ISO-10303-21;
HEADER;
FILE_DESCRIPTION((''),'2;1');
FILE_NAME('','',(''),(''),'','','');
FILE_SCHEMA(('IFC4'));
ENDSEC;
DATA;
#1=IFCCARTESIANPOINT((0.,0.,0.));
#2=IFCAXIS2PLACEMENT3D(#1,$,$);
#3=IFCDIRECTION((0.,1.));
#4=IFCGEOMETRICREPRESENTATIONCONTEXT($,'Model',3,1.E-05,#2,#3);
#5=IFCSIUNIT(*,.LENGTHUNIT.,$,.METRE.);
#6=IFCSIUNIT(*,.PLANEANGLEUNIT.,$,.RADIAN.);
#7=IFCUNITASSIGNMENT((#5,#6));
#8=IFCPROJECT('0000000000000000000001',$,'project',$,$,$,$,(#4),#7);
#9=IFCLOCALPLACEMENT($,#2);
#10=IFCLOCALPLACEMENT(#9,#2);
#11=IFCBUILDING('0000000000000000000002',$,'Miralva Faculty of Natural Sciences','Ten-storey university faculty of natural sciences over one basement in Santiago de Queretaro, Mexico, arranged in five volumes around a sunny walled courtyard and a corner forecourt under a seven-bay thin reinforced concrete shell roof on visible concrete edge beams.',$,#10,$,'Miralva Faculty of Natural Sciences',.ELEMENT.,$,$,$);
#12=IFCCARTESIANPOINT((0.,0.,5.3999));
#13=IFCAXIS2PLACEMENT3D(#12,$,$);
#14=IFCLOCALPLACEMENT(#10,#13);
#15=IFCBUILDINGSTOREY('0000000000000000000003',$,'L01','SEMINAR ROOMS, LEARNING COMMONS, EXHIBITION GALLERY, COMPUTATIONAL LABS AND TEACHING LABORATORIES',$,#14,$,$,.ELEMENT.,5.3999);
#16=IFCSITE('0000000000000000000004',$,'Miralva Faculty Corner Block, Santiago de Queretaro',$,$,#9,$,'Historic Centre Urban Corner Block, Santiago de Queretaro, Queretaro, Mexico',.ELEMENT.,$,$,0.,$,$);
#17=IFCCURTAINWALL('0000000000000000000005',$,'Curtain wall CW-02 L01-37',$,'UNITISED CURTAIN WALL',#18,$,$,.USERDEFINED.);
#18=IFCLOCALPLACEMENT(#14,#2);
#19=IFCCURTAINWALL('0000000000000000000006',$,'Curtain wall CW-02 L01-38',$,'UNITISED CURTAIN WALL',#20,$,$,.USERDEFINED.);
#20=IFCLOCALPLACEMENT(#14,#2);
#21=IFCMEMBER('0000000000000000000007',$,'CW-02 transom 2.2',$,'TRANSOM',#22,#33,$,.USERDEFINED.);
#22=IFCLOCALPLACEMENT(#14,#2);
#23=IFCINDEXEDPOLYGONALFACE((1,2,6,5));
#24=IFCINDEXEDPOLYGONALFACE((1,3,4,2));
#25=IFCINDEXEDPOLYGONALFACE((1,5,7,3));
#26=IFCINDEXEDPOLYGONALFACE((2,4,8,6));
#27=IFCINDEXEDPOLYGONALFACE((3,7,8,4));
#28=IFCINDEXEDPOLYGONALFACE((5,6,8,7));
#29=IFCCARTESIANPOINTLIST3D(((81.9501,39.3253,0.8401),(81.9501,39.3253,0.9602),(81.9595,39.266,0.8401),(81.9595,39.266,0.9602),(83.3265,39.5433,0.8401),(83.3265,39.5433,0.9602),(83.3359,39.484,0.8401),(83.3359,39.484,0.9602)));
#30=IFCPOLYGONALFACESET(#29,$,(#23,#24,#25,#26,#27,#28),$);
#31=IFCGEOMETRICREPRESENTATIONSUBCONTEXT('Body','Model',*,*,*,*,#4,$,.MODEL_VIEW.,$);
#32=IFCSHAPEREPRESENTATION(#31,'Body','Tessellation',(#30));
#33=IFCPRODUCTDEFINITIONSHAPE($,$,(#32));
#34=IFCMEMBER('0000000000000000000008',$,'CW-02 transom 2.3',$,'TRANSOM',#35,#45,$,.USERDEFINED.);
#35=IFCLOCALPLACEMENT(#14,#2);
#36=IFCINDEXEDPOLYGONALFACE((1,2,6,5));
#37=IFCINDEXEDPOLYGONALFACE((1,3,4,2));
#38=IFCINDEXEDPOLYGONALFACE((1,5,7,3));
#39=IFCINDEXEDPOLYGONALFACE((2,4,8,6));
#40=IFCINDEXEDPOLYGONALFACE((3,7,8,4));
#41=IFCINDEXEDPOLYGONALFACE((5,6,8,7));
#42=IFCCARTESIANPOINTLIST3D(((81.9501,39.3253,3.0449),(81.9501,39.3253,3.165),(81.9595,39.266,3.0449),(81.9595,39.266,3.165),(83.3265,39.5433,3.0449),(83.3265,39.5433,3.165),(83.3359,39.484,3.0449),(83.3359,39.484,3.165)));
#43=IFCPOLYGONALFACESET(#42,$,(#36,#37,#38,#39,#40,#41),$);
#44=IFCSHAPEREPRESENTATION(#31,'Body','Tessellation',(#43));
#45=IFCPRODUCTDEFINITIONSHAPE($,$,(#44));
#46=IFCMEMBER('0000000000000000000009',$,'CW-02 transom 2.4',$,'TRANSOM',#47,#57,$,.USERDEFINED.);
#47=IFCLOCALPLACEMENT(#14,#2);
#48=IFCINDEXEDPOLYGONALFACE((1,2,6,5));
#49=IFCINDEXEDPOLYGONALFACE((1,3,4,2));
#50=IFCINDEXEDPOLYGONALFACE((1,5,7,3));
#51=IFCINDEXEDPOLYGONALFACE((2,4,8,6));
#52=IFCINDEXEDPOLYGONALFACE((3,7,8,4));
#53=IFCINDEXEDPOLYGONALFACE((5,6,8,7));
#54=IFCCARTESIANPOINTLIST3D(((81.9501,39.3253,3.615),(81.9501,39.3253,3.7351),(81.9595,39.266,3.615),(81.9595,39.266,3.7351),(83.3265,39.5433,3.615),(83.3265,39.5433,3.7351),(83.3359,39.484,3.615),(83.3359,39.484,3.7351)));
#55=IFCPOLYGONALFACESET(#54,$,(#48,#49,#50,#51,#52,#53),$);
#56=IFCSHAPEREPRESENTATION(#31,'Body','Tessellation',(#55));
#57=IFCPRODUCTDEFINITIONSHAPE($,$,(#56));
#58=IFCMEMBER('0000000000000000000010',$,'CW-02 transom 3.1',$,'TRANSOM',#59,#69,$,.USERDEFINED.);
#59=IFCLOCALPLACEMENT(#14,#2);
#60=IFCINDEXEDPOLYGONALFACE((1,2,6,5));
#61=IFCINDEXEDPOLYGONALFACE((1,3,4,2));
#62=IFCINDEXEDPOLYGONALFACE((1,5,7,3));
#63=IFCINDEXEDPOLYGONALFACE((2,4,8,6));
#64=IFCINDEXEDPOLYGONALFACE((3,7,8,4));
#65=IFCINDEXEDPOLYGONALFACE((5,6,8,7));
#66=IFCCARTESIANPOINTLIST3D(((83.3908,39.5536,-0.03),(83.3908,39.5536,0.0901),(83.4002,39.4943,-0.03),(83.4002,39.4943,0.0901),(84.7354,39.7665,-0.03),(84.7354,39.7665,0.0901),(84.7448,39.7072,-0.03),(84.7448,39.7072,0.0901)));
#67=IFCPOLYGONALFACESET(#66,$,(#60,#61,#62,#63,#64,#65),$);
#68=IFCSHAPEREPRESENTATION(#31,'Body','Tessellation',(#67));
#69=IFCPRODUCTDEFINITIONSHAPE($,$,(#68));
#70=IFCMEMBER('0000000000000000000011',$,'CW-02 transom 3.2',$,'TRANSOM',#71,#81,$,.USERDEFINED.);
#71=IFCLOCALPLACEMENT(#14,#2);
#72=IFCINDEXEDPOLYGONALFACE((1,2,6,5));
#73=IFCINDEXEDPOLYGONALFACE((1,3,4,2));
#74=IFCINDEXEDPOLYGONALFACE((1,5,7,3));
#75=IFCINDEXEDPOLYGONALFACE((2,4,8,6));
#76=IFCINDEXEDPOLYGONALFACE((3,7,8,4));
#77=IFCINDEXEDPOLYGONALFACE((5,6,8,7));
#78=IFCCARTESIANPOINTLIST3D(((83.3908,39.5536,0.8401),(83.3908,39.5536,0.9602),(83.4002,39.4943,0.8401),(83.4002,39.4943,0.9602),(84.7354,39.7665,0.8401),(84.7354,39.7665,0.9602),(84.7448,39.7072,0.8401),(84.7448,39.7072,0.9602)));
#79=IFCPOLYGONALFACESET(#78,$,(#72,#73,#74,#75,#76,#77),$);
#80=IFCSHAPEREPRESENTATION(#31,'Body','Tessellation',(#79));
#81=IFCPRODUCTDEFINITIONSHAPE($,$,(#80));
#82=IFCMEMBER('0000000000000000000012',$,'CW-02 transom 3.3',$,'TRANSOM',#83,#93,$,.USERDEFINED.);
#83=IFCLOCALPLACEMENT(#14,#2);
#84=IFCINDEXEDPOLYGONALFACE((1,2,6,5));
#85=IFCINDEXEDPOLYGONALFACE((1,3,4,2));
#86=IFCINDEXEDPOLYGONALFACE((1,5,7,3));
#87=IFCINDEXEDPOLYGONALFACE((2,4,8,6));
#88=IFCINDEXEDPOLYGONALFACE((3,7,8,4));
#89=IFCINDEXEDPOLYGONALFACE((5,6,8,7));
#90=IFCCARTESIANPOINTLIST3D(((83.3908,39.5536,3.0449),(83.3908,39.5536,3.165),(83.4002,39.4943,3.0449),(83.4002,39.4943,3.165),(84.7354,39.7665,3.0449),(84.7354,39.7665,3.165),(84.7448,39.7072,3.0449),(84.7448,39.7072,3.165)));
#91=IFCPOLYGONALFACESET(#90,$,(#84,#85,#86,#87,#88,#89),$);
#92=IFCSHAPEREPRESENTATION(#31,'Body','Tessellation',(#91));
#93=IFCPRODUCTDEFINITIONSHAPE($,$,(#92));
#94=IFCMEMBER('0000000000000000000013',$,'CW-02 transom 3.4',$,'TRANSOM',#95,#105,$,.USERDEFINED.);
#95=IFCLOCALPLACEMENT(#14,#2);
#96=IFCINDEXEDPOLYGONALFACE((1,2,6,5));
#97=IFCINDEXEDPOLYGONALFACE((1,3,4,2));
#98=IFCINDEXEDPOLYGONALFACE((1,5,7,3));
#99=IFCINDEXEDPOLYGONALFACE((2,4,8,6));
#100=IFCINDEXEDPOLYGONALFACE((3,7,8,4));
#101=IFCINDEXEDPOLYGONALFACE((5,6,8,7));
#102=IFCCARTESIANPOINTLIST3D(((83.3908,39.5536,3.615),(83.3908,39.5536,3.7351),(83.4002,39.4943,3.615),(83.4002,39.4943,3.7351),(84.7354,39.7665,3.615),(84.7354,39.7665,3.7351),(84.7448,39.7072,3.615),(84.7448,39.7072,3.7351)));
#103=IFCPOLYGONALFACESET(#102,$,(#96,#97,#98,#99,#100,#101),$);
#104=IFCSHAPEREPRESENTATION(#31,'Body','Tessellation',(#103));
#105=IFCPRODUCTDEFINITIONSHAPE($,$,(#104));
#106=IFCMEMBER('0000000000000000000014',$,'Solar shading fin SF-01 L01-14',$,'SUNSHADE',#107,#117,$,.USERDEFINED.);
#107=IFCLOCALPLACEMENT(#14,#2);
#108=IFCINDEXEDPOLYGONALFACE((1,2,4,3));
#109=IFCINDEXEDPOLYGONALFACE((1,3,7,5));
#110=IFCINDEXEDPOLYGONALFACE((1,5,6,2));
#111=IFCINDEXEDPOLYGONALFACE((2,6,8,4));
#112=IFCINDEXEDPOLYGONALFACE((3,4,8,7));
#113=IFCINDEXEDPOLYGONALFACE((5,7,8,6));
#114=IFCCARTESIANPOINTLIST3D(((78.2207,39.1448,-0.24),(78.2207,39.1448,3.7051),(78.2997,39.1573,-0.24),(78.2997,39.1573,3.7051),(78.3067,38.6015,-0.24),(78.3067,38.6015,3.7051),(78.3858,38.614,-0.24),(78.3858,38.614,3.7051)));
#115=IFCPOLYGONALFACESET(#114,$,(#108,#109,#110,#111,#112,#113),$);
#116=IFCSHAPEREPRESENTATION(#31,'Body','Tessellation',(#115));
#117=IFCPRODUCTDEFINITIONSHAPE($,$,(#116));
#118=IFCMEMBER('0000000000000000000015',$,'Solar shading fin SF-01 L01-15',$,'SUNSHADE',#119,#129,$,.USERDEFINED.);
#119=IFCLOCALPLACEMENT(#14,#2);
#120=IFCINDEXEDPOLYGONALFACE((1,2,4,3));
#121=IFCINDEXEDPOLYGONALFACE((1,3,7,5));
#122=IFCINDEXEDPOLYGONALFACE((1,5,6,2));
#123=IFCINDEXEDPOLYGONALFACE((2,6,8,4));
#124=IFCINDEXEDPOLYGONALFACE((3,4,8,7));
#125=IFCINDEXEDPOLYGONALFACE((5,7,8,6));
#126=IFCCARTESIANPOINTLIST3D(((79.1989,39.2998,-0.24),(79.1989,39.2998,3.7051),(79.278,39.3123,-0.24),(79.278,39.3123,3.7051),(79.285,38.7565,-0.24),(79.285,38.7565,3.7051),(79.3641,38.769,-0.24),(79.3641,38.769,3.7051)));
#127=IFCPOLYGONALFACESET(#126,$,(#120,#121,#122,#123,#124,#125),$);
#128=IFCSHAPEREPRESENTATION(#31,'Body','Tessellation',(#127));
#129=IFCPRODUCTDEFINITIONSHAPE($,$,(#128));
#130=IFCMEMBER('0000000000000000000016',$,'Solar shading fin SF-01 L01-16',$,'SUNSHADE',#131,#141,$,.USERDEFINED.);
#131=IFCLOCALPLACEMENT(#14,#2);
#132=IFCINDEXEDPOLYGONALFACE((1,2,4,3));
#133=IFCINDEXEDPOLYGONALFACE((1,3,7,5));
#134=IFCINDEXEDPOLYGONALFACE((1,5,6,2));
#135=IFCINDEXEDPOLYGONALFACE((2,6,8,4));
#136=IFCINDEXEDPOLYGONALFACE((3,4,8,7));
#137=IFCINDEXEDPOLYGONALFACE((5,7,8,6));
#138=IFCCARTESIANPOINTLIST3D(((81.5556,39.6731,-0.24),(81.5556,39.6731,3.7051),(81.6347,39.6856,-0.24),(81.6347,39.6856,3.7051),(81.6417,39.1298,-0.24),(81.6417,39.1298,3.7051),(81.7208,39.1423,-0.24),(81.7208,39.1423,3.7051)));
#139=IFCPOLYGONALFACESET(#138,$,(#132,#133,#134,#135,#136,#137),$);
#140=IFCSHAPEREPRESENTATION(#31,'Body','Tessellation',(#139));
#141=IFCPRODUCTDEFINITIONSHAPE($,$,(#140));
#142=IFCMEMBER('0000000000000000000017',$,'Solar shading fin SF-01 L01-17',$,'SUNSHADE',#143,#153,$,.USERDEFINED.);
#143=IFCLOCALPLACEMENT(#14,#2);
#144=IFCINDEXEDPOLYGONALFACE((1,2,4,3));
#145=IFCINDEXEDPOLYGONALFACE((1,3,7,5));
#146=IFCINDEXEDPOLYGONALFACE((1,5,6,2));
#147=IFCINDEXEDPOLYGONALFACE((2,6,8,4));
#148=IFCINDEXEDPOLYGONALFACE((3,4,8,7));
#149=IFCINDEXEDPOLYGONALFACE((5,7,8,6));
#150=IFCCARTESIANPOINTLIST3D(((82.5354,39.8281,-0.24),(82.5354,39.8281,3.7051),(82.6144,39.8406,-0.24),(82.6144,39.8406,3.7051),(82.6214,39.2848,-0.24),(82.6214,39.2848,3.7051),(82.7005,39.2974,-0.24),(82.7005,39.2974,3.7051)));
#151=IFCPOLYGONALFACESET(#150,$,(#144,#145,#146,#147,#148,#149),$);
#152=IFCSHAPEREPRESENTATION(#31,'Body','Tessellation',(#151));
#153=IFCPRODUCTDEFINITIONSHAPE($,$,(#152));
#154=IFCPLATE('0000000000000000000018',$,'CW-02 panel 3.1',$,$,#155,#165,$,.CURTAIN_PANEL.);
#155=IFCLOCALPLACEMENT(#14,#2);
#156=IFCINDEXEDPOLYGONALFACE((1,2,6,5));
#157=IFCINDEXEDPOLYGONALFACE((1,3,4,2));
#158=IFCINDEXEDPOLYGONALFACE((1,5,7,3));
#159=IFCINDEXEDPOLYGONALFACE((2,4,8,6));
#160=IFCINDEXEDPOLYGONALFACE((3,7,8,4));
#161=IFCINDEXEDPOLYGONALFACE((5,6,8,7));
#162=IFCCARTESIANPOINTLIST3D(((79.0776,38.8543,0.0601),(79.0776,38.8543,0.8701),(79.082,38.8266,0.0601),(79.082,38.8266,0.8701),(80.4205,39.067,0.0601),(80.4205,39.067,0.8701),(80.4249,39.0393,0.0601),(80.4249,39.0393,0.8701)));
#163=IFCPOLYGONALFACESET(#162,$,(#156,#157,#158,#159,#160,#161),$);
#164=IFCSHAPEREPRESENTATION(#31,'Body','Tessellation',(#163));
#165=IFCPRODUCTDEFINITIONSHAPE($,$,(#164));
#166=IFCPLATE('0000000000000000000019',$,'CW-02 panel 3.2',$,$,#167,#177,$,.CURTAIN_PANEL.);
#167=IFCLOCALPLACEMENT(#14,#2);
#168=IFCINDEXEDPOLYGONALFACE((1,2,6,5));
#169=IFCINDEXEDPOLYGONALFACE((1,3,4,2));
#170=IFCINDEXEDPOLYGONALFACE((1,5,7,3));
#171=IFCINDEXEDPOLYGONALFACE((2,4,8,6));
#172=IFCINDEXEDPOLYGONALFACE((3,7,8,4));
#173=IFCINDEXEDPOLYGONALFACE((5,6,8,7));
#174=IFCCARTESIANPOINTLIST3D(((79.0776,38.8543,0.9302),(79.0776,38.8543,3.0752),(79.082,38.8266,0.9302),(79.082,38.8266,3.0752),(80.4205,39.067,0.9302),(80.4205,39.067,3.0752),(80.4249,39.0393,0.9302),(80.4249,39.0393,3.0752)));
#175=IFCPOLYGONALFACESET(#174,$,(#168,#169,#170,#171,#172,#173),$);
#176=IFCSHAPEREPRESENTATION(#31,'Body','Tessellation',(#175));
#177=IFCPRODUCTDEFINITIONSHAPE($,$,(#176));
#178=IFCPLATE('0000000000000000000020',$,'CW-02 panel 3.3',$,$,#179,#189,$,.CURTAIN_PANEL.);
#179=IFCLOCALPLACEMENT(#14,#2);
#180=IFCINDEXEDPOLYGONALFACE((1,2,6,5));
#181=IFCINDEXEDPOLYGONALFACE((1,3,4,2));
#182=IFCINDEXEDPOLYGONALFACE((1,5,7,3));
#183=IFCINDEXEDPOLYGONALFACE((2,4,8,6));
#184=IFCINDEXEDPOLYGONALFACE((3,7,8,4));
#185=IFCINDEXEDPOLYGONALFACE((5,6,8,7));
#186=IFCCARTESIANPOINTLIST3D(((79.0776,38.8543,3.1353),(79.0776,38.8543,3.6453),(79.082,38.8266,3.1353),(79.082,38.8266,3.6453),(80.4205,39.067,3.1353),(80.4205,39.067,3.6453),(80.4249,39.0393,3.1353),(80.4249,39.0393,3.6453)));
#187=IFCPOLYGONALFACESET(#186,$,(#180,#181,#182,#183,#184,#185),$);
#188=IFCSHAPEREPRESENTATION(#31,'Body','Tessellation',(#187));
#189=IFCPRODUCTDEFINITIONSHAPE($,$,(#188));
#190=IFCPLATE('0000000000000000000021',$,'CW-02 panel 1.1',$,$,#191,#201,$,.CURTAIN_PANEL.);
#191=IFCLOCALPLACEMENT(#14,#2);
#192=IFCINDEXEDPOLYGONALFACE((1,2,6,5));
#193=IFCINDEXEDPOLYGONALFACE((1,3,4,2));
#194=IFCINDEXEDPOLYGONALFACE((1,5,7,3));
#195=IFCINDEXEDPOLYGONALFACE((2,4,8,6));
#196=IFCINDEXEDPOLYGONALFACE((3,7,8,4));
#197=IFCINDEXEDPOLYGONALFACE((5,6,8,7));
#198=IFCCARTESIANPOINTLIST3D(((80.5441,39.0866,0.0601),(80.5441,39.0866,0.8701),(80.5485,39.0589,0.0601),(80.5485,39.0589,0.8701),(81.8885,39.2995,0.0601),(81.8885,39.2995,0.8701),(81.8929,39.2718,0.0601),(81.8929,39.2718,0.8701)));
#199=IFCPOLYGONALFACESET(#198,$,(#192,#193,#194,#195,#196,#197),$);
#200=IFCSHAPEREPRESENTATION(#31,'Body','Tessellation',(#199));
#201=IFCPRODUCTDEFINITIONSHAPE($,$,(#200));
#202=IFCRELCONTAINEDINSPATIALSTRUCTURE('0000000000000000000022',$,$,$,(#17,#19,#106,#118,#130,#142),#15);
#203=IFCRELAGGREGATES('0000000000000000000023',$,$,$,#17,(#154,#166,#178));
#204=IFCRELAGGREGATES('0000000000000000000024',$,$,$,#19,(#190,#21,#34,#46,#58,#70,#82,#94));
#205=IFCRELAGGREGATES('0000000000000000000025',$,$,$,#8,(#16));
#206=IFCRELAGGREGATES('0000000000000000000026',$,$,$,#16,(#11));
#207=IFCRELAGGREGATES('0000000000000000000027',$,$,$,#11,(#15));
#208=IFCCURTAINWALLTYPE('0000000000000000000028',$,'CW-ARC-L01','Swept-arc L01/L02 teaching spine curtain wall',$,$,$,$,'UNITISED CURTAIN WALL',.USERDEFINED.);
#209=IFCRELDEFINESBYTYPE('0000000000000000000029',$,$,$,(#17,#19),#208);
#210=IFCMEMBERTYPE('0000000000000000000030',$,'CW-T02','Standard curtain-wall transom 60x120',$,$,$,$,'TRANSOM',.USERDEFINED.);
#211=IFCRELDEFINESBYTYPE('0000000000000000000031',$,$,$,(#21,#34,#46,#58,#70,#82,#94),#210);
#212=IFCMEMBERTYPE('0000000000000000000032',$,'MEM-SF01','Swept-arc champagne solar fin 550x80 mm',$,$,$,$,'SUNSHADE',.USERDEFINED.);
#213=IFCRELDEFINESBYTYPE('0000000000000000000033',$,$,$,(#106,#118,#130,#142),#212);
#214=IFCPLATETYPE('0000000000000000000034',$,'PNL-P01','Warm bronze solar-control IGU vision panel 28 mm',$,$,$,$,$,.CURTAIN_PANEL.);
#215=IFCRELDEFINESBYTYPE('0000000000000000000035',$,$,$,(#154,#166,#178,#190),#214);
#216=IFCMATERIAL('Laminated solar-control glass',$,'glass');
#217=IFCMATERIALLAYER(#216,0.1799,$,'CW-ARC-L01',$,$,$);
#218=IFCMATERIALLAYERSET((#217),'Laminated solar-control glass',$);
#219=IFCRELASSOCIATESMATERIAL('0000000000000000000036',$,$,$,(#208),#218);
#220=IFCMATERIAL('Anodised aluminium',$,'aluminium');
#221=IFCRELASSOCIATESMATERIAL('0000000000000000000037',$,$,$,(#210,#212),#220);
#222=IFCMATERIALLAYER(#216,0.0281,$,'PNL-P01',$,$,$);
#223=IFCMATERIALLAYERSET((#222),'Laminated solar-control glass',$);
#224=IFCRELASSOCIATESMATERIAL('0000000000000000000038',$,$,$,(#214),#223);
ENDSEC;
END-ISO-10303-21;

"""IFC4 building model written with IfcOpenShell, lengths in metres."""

from ifc_helpers import new_model, si_unit, direction, frame, origin, origin_2d, place, context, subcontext, project, spatial, rectangle, extrude, material, layer, layer_set, material_profile, profile_set, type_object, element, aggregate, save


model = new_model("IFC4")

# Units and contexts
model_context = context("Model", 3, precision=1e-05, world=origin(), true_north=direction((0.0, 1.0)))
body_context = subcontext(model_context, "Body", "Model", "MODEL_VIEW")
ifc_project = project(units=[si_unit("LENGTHUNIT", "METRE"), si_unit("PLANEANGLEUNIT", "RADIAN")], contexts=[model_context])

# Site, building, storey
site_placement = place(None, origin())
site = spatial("IfcSite", under=ifc_project, at=site_placement, Name="Miralva Faculty Corner Block, Santiago de Queretaro", LongName="Historic Centre Urban Corner Block, Santiago de Queretaro, Queretaro, Mexico", CompositionType="ELEMENT", RefElevation=0.0)
building_placement = place(site_placement, origin())
building = spatial("IfcBuilding", under=site, at=building_placement, Name="Miralva Faculty of Natural Sciences", Description="Ten-storey university faculty of natural sciences over one basement in Santiago de Queretaro, Mexico, arranged in five volumes around a sunny walled courtyard and a corner forecourt under a seven-bay thin reinforced concrete shell roof on visible concrete edge beams.", LongName="Miralva Faculty of Natural Sciences", CompositionType="ELEMENT")
storey_placement = place(building_placement, frame((0.0, 0.0, 5.3999)))
storey = spatial("IfcBuildingStorey", under=building, at=storey_placement, Name="L01", Description="SEMINAR ROOMS, LEARNING COMMONS, EXHIBITION GALLERY, COMPUTATIONAL LABS AND TEACHING LABORATORIES", CompositionType="ELEMENT", Elevation=5.3999)

# Curtain walls
ifc_material_1 = material(Name="Laminated solar-control glass", Category="glass")
ifc_layer_1 = layer(ifc_material_1, 0.1799, Name="CW-ARC-L01")
ifc_layer_set_1 = layer_set([ifc_layer_1], Name="Laminated solar-control glass")
curtain_wall_type = type_object("IfcCurtainWallType", Name="CW-ARC-L01", Description="Swept-arc L01/L02 teaching spine curtain wall", ElementType="UNITISED CURTAIN WALL", PredefinedType="USERDEFINED", material=ifc_layer_set_1)
curtain_wall_1_placement = place(storey_placement, origin())
curtain_wall_1 = element("IfcCurtainWall", 1, at=curtain_wall_1_placement, inside=storey, type_object=curtain_wall_type, Name="Curtain wall CW-02 L01-37", ObjectType="UNITISED CURTAIN WALL", PredefinedType="USERDEFINED")
ifc_material_2 = material(Name="Anodised aluminium", Category="aluminium")
curtain_wall_2_placement = place(storey_placement, origin())
curtain_wall_2 = element("IfcCurtainWall", 2, at=curtain_wall_2_placement, inside=storey, type_object=curtain_wall_type, Name="Curtain wall CW-02 L01-38", ObjectType="UNITISED CURTAIN WALL", PredefinedType="USERDEFINED")

# Members
ifc_material_profile_1 = material_profile(ifc_material_2, rectangle(XDim=0.0601, YDim=0.1201, at=origin_2d()), Name="TRANSOM 60x120")
ifc_profile_set_1 = profile_set([ifc_material_profile_1], Name="Anodised aluminium")
member_type_1 = type_object("IfcMemberType", Name="CW-T02", Description="Standard curtain-wall transom 60x120", ElementType="TRANSOM", PredefinedType="USERDEFINED", material=ifc_profile_set_1)
member_1_placement = place(storey_placement, frame((81.9548, 39.2957, 0.9001), z_axis=(0.987688, 0.156439, 0.0), x_axis=(-0.156439, 0.987688, 0.0)))
member_1 = element("IfcMember", 3, at=member_1_placement, type_object=member_type_1, Name="CW-02 transom 2.2", ObjectType="TRANSOM", PredefinedType="USERDEFINED", context=body_context, shape_type="SweptSolid", body=[
    extrude(rectangle(XDim=0.0601, YDim=0.1201, at=origin_2d()), origin(), (0.0, 0.0, 1.0), 1.3936),
])
member_2_placement = place(storey_placement, frame((81.9548, 39.2957, 3.105), z_axis=(0.987688, 0.156439, 0.0), x_axis=(-0.156439, 0.987688, 0.0)))
member_2 = element("IfcMember", 4, at=member_2_placement, type_object=member_type_1, Name="CW-02 transom 2.3", ObjectType="TRANSOM", PredefinedType="USERDEFINED", context=body_context, shape_type="SweptSolid", body=[
    extrude(rectangle(XDim=0.0601, YDim=0.1201, at=origin_2d()), origin(), (0.0, 0.0, 1.0), 1.3936),
])
member_3_placement = place(storey_placement, frame((81.9548, 39.2957, 3.675), z_axis=(0.987688, 0.156439, 0.0), x_axis=(-0.156439, 0.987688, 0.0)))
member_3 = element("IfcMember", 5, at=member_3_placement, type_object=member_type_1, Name="CW-02 transom 2.4", ObjectType="TRANSOM", PredefinedType="USERDEFINED", context=body_context, shape_type="SweptSolid", body=[
    extrude(rectangle(XDim=0.0601, YDim=0.1201, at=origin_2d()), origin(), (0.0, 0.0, 1.0), 1.3936),
])
member_4_placement = place(storey_placement, frame((83.3955, 39.5239, 0.03), z_axis=(0.987695, 0.156395, 0.0), x_axis=(-0.156395, 0.987695, 0.0)))
member_4 = element("IfcMember", 6, at=member_4_placement, type_object=member_type_1, Name="CW-02 transom 3.1", ObjectType="TRANSOM", PredefinedType="USERDEFINED", context=body_context, shape_type="SweptSolid", body=[
    extrude(rectangle(XDim=0.0601, YDim=0.1201, at=origin_2d()), origin(), (0.0, 0.0, 1.0), 1.3613),
])
member_5_placement = place(storey_placement, frame((83.3955, 39.5239, 0.9001), z_axis=(0.987695, 0.156395, 0.0), x_axis=(-0.156395, 0.987695, 0.0)))
member_5 = element("IfcMember", 7, at=member_5_placement, type_object=member_type_1, Name="CW-02 transom 3.2", ObjectType="TRANSOM", PredefinedType="USERDEFINED", context=body_context, shape_type="SweptSolid", body=[
    extrude(rectangle(XDim=0.0601, YDim=0.1201, at=origin_2d()), origin(), (0.0, 0.0, 1.0), 1.3613),
])
member_6_placement = place(storey_placement, frame((83.3955, 39.5239, 3.105), z_axis=(0.987695, 0.156395, 0.0), x_axis=(-0.156395, 0.987695, 0.0)))
member_6 = element("IfcMember", 8, at=member_6_placement, type_object=member_type_1, Name="CW-02 transom 3.3", ObjectType="TRANSOM", PredefinedType="USERDEFINED", context=body_context, shape_type="SweptSolid", body=[
    extrude(rectangle(XDim=0.0601, YDim=0.1201, at=origin_2d()), origin(), (0.0, 0.0, 1.0), 1.3613),
])
member_7_placement = place(storey_placement, frame((83.3955, 39.5239, 3.675), z_axis=(0.987695, 0.156395, 0.0), x_axis=(-0.156395, 0.987695, 0.0)))
member_7 = element("IfcMember", 9, at=member_7_placement, type_object=member_type_1, Name="CW-02 transom 3.4", ObjectType="TRANSOM", PredefinedType="USERDEFINED", context=body_context, shape_type="SweptSolid", body=[
    extrude(rectangle(XDim=0.0601, YDim=0.1201, at=origin_2d()), origin(), (0.0, 0.0, 1.0), 1.3613),
])

# Members
ifc_material_profile_2 = material_profile(ifc_material_2, rectangle(XDim=0.0801, YDim=0.55, at=origin_2d()), Name="FIN 550x80")
ifc_profile_set_2 = profile_set([ifc_material_profile_2], Name="Anodised aluminium")
member_type_2 = type_object("IfcMemberType", Name="MEM-SF01", Description="Swept-arc champagne solar fin 550x80 mm", ElementType="SUNSHADE", PredefinedType="USERDEFINED", material=ifc_profile_set_2)
for number, where, z_axis, x_axis, name in (
    (10, (78.3032, 38.8794, -0.24), (0.0, 0.0, 1.0), (-0.987688, -0.156434, 0.0), "Solar shading fin SF-01 L01-14"),
    (11, (79.2815, 39.0344, -0.24), (0.0, 0.0, 1.0), (-0.987688, -0.156434, 0.0), "Solar shading fin SF-01 L01-15"),
    (12, (81.6382, 39.4077, -0.24), (0.0, 0.0, 1.0), (-0.987688, -0.156434, 0.0), "Solar shading fin SF-01 L01-16"),
    (13, (82.6179, 39.5627, -0.24), (0.0, 0.0, 1.0), (-0.987688, -0.156434, 0.0), "Solar shading fin SF-01 L01-17"),
):
    element("IfcMember", number, at=place(storey_placement, frame(where, z_axis=z_axis, x_axis=x_axis)), inside=storey, type_object=member_type_2, Name=name, ObjectType="SUNSHADE", PredefinedType="USERDEFINED", context=body_context, shape_type="SweptSolid", body=[
        extrude(rectangle(XDim=0.0801, YDim=0.55, at=origin_2d()), origin(), (0.0, 0.0, 1.0), 3.9451),
    ])

# Plates
ifc_layer_2 = layer(ifc_material_1, 0.0281, Name="PNL-P01")
ifc_layer_set_2 = layer_set([ifc_layer_2], Name="Laminated solar-control glass")
plate_type = type_object("IfcPlateType", Name="PNL-P01", Description="Warm bronze solar-control IGU vision panel 28 mm", PredefinedType="CURTAIN_PANEL", material=ifc_layer_set_2)
plate_1_placement = place(storey_placement, frame((79.7512, 38.9468, 0.0601), z_axis=(0.0, 0.0, 1.0), x_axis=(0.987688, 0.15644, 0.0)))
plate_1 = element("IfcPlate", 14, at=plate_1_placement, type_object=plate_type, Name="CW-02 panel 3.1", PredefinedType="CURTAIN_PANEL", context=body_context, shape_type="SweptSolid", body=[
    extrude(rectangle(XDim=1.3596, YDim=0.0281, at=origin_2d()), origin(), (0.0, 0.0, 1.0), 0.8101),
])
plate_2_placement = place(storey_placement, frame((79.7512, 38.9468, 0.9302), z_axis=(0.0, 0.0, 1.0), x_axis=(0.987688, 0.15644, 0.0)))
plate_2 = element("IfcPlate", 15, at=plate_2_placement, type_object=plate_type, Name="CW-02 panel 3.2", PredefinedType="CURTAIN_PANEL", context=body_context, shape_type="SweptSolid", body=[
    extrude(rectangle(XDim=1.3596, YDim=0.0281, at=origin_2d()), origin(), (0.0, 0.0, 1.0), 2.145),
])
plate_3_placement = place(storey_placement, frame((79.7512, 38.9468, 3.1353), z_axis=(0.0, 0.0, 1.0), x_axis=(0.987688, 0.15644, 0.0)))
plate_3 = element("IfcPlate", 16, at=plate_3_placement, type_object=plate_type, Name="CW-02 panel 3.3", PredefinedType="CURTAIN_PANEL", context=body_context, shape_type="SweptSolid", body=[
    extrude(rectangle(XDim=1.3596, YDim=0.0281, at=origin_2d()), origin(), (0.0, 0.0, 1.0), 0.51),
])
aggregate(curtain_wall_1, [plate_1, plate_2, plate_3])
plate_4_placement = place(storey_placement, frame((81.2185, 39.1792, 0.0601), z_axis=(0.0, 0.0, 1.0), x_axis=(0.98769, 0.156423, 0.0)))
plate_4 = element("IfcPlate", 17, at=plate_4_placement, type_object=plate_type, Name="CW-02 panel 1.1", PredefinedType="CURTAIN_PANEL", context=body_context, shape_type="SweptSolid", body=[
    extrude(rectangle(XDim=1.3611, YDim=0.0281, at=origin_2d()), origin(), (0.0, 0.0, 1.0), 0.8101),
])
aggregate(curtain_wall_2, [plate_4, member_1, member_2, member_3, member_4, member_5, member_6, member_7])

save(model, "model.ifc")
